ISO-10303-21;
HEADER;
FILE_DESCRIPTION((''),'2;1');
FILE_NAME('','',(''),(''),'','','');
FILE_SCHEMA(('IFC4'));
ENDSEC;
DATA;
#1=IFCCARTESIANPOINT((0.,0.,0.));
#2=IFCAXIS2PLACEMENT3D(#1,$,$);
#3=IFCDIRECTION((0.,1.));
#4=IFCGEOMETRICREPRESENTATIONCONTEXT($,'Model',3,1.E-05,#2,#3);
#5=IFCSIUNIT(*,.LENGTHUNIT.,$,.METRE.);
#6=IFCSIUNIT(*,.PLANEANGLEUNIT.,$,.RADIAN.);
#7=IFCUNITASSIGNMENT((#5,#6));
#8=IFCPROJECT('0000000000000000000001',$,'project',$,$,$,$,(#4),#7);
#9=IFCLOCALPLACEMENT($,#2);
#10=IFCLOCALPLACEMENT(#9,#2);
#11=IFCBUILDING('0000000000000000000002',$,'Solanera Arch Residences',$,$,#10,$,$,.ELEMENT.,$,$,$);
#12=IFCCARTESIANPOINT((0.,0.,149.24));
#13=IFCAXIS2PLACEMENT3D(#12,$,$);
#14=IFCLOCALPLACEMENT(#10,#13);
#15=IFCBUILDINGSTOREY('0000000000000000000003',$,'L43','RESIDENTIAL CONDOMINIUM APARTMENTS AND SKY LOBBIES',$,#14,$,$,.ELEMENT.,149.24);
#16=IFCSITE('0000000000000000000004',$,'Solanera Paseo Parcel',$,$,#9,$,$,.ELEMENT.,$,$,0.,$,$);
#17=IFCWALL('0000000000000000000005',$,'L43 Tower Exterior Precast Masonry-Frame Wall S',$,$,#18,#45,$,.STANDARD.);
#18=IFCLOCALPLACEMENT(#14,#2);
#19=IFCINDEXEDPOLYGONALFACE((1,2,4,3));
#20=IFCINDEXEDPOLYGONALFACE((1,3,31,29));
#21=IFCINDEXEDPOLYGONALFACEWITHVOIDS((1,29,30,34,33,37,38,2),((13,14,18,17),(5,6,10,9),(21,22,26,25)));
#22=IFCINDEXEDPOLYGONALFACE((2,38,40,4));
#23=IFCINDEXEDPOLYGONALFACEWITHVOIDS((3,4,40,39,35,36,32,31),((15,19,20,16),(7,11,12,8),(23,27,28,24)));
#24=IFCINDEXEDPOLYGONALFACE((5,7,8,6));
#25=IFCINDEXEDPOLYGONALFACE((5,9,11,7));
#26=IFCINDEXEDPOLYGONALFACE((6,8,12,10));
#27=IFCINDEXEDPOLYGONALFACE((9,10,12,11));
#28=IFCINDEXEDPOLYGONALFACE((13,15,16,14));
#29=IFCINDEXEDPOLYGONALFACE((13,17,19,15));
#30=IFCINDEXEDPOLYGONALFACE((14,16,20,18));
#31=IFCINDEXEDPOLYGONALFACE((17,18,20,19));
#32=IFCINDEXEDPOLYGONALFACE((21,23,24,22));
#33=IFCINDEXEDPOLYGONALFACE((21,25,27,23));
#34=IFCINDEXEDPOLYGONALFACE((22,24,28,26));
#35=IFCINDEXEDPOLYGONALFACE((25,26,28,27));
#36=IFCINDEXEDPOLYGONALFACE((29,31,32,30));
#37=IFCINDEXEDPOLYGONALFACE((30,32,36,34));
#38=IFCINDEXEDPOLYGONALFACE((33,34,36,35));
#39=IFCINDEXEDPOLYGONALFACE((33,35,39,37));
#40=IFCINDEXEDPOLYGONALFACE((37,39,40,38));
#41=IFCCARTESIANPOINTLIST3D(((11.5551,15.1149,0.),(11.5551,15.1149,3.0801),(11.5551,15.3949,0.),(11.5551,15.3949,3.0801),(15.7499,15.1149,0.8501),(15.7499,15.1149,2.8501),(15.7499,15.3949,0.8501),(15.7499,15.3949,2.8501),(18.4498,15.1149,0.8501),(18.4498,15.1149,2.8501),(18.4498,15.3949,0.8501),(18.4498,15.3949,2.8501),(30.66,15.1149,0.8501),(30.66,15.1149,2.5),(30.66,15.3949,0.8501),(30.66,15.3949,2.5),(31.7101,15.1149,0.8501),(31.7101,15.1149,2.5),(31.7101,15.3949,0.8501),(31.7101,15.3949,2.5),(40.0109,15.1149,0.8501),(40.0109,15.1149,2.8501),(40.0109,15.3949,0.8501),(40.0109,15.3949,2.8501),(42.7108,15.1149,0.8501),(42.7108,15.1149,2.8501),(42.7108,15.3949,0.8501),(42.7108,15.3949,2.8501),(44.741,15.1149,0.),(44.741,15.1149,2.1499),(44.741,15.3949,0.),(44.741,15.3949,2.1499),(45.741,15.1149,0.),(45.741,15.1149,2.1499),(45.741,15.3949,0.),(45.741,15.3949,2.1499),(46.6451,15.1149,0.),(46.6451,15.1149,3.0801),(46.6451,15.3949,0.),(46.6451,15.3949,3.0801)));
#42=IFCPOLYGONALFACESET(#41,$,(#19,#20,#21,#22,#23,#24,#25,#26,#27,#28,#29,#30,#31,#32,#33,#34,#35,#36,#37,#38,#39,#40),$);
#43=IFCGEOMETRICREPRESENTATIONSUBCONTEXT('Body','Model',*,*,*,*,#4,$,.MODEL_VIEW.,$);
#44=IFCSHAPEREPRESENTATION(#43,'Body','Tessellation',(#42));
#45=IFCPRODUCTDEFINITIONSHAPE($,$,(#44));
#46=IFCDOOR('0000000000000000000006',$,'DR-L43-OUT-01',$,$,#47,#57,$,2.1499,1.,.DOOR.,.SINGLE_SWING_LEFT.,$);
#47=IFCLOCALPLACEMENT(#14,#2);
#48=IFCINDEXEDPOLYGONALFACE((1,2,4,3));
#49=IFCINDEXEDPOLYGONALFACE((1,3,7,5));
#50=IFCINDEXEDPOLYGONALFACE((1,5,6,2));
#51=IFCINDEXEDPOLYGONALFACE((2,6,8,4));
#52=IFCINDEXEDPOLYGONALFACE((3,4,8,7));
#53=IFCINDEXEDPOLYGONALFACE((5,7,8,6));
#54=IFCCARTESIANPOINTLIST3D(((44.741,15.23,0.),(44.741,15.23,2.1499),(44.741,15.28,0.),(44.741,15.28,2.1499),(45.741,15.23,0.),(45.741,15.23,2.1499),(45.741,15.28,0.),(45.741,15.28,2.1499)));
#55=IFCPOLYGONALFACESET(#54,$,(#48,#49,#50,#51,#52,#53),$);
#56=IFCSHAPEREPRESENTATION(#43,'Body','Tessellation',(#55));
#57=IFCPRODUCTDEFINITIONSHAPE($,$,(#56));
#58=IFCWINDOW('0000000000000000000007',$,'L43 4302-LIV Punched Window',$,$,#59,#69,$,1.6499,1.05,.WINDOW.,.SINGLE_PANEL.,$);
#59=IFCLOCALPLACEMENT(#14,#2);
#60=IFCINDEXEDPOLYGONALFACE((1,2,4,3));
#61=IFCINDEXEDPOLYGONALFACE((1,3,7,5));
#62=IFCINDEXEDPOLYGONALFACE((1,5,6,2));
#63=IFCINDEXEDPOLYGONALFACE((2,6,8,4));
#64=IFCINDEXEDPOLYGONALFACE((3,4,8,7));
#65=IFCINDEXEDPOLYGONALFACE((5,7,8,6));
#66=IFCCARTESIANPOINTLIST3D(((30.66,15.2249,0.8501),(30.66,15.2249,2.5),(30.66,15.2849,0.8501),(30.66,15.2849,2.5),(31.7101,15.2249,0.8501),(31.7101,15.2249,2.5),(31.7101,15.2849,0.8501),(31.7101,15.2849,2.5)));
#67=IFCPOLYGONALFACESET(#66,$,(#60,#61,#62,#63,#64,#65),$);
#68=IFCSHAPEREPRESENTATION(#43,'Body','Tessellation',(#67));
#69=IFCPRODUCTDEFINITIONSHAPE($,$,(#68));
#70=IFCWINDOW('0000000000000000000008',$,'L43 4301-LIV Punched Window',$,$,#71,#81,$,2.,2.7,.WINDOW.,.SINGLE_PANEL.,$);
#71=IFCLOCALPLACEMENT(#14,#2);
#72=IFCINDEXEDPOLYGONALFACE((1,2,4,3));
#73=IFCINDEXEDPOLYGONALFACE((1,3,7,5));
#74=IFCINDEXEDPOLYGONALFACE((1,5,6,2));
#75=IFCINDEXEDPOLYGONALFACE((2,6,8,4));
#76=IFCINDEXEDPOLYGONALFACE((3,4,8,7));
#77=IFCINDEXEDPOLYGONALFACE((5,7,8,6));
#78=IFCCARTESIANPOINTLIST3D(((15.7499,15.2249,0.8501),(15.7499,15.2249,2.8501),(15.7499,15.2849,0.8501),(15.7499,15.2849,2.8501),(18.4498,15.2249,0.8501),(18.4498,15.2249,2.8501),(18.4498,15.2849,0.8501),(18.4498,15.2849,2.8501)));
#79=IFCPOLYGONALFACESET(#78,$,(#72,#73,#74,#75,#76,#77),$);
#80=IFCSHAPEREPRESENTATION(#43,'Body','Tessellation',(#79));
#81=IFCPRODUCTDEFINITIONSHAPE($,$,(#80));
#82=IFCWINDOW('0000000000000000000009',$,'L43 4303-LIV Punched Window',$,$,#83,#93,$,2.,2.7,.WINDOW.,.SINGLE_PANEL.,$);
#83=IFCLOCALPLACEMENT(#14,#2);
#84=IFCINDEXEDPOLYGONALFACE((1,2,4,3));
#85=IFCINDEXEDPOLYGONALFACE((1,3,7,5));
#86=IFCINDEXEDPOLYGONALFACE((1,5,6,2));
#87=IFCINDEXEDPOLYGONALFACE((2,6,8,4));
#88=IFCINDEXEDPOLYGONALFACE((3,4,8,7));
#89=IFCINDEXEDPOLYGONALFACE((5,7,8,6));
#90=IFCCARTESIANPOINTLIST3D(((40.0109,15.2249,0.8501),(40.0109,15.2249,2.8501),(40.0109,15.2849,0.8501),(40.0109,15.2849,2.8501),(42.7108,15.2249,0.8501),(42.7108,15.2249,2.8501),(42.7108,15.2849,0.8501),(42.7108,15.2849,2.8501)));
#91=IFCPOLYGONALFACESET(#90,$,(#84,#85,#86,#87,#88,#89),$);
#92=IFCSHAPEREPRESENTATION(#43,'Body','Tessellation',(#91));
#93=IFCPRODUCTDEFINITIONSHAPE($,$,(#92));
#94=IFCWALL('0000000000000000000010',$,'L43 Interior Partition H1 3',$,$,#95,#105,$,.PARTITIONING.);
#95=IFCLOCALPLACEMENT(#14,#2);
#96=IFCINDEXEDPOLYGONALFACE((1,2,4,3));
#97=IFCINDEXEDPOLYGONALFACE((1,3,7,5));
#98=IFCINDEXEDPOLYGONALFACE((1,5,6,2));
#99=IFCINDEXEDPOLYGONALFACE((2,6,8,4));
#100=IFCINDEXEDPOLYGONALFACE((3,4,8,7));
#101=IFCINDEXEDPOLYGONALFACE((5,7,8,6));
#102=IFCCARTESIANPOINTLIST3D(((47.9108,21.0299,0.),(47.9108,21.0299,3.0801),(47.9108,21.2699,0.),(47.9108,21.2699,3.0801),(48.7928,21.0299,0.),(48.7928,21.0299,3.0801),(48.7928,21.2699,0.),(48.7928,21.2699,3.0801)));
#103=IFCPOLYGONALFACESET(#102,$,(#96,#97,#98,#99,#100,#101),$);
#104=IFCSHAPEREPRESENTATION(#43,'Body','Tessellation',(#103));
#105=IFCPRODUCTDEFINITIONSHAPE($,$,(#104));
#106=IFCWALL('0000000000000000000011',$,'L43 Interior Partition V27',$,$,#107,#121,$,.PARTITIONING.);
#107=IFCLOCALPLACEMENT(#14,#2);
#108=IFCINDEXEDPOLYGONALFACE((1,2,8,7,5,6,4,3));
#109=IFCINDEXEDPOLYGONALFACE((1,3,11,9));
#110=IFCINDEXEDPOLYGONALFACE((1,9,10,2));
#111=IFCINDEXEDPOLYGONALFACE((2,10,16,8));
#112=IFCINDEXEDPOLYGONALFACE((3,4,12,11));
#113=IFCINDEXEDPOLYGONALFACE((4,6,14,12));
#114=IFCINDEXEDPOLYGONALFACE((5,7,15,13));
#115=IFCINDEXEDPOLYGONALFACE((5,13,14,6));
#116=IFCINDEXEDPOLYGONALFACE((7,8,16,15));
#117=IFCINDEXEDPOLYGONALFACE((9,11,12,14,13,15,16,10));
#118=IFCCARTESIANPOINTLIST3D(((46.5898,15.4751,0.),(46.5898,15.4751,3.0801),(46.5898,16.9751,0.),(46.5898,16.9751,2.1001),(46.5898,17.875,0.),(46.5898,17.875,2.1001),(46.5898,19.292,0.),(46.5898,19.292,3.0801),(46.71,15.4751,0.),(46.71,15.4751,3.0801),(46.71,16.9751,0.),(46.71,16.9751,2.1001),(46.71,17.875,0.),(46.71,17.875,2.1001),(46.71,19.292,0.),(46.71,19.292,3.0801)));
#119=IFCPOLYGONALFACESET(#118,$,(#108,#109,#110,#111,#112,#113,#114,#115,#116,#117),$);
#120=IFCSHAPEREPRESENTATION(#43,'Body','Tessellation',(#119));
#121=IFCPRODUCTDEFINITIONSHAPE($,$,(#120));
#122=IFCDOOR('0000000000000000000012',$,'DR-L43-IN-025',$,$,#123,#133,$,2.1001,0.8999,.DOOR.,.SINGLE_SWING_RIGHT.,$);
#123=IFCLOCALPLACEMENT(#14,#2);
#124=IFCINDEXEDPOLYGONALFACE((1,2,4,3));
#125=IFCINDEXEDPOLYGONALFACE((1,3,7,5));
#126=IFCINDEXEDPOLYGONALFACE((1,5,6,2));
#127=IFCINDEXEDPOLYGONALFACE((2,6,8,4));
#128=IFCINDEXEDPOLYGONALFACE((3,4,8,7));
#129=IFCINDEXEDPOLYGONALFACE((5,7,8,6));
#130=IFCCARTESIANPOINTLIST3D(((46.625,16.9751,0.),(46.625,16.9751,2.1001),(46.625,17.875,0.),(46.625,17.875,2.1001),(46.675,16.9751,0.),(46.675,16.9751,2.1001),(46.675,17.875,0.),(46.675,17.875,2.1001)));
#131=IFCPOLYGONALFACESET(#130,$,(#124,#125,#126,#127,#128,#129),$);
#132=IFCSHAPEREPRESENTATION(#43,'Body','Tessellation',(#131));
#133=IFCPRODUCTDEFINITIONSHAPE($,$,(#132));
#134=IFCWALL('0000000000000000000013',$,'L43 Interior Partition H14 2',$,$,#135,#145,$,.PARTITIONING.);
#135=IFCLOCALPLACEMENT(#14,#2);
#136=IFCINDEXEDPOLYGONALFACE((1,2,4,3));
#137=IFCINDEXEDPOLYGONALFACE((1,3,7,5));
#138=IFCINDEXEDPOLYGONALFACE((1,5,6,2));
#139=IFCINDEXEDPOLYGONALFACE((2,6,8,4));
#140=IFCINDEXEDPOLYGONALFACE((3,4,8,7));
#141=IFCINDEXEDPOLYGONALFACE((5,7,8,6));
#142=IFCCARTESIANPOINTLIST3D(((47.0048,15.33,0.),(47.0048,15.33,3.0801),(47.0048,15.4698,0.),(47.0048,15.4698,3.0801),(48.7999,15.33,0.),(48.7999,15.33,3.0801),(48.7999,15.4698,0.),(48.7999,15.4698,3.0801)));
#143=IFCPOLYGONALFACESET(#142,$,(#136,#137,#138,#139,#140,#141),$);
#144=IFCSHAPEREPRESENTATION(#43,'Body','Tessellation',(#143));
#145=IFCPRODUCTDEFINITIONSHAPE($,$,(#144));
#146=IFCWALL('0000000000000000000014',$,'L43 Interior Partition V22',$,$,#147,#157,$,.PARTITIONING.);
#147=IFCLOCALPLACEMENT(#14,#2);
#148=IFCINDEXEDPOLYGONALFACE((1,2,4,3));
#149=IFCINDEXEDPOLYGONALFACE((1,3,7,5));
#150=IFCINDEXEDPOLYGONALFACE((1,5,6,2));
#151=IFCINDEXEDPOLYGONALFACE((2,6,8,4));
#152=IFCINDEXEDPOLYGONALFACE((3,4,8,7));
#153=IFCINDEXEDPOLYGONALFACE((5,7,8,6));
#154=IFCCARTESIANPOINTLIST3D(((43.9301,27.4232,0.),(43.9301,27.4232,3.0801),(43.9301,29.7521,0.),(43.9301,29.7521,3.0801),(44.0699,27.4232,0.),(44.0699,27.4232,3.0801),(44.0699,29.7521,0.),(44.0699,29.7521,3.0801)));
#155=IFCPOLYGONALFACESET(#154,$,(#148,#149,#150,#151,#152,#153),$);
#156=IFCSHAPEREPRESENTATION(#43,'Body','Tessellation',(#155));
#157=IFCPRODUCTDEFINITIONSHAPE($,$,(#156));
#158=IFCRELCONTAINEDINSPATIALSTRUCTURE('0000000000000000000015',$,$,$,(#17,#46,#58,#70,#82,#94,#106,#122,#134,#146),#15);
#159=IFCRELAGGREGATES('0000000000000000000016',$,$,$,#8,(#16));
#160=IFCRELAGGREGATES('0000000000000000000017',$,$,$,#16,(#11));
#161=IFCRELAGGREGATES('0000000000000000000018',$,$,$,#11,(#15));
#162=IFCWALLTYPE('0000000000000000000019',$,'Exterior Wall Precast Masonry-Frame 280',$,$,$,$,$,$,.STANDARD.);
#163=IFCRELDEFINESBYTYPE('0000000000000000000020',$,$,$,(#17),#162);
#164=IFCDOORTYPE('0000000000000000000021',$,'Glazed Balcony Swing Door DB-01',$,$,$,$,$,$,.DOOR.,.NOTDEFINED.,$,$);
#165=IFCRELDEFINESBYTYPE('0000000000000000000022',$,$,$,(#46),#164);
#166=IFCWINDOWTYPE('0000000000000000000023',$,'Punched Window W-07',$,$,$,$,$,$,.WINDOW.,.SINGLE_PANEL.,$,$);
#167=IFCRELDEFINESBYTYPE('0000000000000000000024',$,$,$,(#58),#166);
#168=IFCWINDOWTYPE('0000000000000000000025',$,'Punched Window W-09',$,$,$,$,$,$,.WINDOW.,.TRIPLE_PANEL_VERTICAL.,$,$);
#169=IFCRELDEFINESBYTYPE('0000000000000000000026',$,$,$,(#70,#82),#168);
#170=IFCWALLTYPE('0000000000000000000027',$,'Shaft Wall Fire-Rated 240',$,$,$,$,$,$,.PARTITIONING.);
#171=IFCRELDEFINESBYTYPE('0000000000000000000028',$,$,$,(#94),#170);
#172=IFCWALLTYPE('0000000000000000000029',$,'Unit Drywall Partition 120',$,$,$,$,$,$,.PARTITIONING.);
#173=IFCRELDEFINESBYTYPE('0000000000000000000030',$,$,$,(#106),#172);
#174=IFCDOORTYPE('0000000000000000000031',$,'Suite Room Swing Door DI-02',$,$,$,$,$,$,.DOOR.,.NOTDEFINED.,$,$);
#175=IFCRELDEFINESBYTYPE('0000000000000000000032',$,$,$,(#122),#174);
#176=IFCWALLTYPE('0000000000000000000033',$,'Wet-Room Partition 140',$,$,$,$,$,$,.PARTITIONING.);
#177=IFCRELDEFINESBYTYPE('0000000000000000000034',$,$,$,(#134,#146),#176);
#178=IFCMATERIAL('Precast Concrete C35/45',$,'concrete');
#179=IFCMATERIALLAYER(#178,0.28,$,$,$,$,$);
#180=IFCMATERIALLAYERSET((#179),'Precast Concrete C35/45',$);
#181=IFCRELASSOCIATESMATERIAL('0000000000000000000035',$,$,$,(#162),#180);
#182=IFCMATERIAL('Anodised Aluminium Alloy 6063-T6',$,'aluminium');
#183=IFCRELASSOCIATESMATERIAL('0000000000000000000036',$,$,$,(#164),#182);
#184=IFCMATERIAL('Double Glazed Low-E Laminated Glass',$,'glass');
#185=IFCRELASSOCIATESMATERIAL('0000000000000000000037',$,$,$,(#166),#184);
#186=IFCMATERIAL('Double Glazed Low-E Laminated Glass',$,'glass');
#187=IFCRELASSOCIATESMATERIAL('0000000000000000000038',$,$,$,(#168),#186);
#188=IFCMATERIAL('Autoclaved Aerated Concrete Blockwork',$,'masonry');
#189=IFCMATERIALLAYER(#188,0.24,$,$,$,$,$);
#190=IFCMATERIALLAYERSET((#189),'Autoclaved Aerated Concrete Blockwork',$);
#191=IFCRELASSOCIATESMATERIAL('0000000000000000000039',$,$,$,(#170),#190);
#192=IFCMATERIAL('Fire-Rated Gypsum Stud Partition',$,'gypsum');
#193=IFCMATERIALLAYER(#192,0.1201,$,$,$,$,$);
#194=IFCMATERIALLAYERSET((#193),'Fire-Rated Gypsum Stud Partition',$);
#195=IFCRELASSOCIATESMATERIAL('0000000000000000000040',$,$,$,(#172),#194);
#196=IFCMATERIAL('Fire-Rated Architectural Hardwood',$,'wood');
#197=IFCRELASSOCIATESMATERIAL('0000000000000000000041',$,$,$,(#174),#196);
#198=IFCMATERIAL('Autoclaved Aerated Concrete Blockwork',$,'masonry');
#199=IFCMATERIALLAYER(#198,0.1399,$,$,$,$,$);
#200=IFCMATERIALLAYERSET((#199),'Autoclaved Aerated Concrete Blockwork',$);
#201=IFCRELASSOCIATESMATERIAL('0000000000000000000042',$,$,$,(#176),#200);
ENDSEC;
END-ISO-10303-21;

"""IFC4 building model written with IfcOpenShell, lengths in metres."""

from ifc_helpers import new_model, si_unit, direction, frame, frame_2d, origin, place, context, subcontext, project, spatial, rectangle, extrude, material, layer, layer_set, type_object, element, fill, save


model = new_model("IFC4")

# Units and contexts
model_context = context("Model", 3, precision=1e-05, world=origin(), true_north=direction((0.0, 1.0)))
body_context = subcontext(model_context, "Body", "Model", "MODEL_VIEW")
ifc_project = project(units=[si_unit("LENGTHUNIT", "METRE"), si_unit("PLANEANGLEUNIT", "RADIAN")], contexts=[model_context])

# Site, building, storey
site_placement = place(None, origin())
site = spatial("IfcSite", under=ifc_project, at=site_placement, Name="Solanera Paseo Parcel", CompositionType="ELEMENT", RefElevation=0.0)
building_placement = place(site_placement, origin())
building = spatial("IfcBuilding", under=site, at=building_placement, Name="Solanera Arch Residences", CompositionType="ELEMENT")
storey_placement = place(building_placement, frame((0.0, 0.0, 149.24)))
storey = spatial("IfcBuildingStorey", under=building, at=storey_placement, Name="L43", Description="RESIDENTIAL CONDOMINIUM APARTMENTS AND SKY LOBBIES", CompositionType="ELEMENT", Elevation=149.24)

# Shared definitions
ifc_material_1 = material(Name="Precast Concrete C35/45", Category="concrete")
ifc_layer_1 = layer(ifc_material_1, 0.28)
ifc_layer_set_1 = layer_set([ifc_layer_1], Name="Precast Concrete C35/45")
wall_type_1 = type_object("IfcWallType", Name="Exterior Wall Precast Masonry-Frame 280", PredefinedType="STANDARD", material=ifc_layer_set_1)

# Wall, openings, door, windows
wall_1_placement = place(storey_placement, frame((46.645, 15.2549, 0.0), z_axis=(0.0, 0.0, 1.0), x_axis=(-1.0, 0.0, 0.0)))
wall_1 = element("IfcWall", 1, at=wall_1_placement, inside=storey, type_object=wall_type_1, Name="L43 Tower Exterior Precast Masonry-Frame Wall S", PredefinedType="STANDARD", context=body_context, shape_type="SweptSolid", body=[
    extrude(rectangle(XDim=35.0901, YDim=0.28, at=frame_2d((17.5449, 0.0))), origin(), (0.0, 0.0, 1.0), 3.0801),
])
opening_1_placement = place(wall_1_placement, frame((0.9041, 0.0, 0.0)))
opening_1 = element("IfcOpeningElement", 2, at=opening_1_placement, cuts=wall_1, PredefinedType="OPENING", context=body_context, shape_type="SweptSolid", body=[
    extrude(rectangle(XDim=1.0, YDim=2.1499, at=frame_2d((0.5, 1.075))), frame((0.0, 0.1499, 0.0), z_axis=(0.0, -1.0, 0.0), x_axis=(1.0, 0.0, 0.0)), (0.0, 0.0, 1.0), 0.3),
])
opening_2_placement = place(wall_1_placement, frame((28.1951, 0.0, 0.8501)))
opening_2 = element("IfcOpeningElement", 3, at=opening_2_placement, cuts=wall_1, PredefinedType="OPENING", context=body_context, shape_type="SweptSolid", body=[
    extrude(rectangle(XDim=2.7, YDim=2.0, at=frame_2d((1.3501, 1.0))), frame((0.0, 0.1499, 0.0), z_axis=(0.0, -1.0, 0.0), x_axis=(1.0, 0.0, 0.0)), (0.0, 0.0, 1.0), 0.3),
])
opening_3_placement = place(wall_1_placement, frame((14.9351, 0.0, 0.8501)))
opening_3 = element("IfcOpeningElement", 4, at=opening_3_placement, cuts=wall_1, PredefinedType="OPENING", context=body_context, shape_type="SweptSolid", body=[
    extrude(rectangle(XDim=1.05, YDim=1.6499, at=frame_2d((0.5249, 0.825))), frame((0.0, 0.1499, 0.0), z_axis=(0.0, -1.0, 0.0), x_axis=(1.0, 0.0, 0.0)), (0.0, 0.0, 1.0), 0.3),
])
opening_4_placement = place(wall_1_placement, frame((3.9341, 0.0, 0.8501)))
opening_4 = element("IfcOpeningElement", 5, at=opening_4_placement, cuts=wall_1, PredefinedType="OPENING", context=body_context, shape_type="SweptSolid", body=[
    extrude(rectangle(XDim=2.7, YDim=2.0, at=frame_2d((1.3501, 1.0))), frame((0.0, 0.1499, 0.0), z_axis=(0.0, -1.0, 0.0), x_axis=(1.0, 0.0, 0.0)), (0.0, 0.0, 1.0), 0.3),
])
ifc_material_2 = material(Name="Anodised Aluminium Alloy 6063-T6", Category="aluminium")
door_type_1 = type_object("IfcDoorType", Name="Glazed Balcony Swing Door DB-01", OperationType="NOTDEFINED", PredefinedType="DOOR", material=ifc_material_2)
door_1_placement = place(opening_1_placement, origin())
door_1 = element("IfcDoor", 6, at=door_1_placement, inside=storey, type_object=door_type_1, Name="DR-L43-OUT-01", OperationType="SINGLE_SWING_LEFT", OverallHeight=2.1499, OverallWidth=1.0, PredefinedType="DOOR", context=body_context, shape_type="SweptSolid", body=[
    extrude(rectangle(XDim=1.0, YDim=2.1499, at=frame_2d((0.5, 1.075))), frame((0.0, 0.0249, 0.0), z_axis=(0.0, -1.0, 0.0), x_axis=(1.0, 0.0, 0.0)), (0.0, 0.0, 1.0), 0.05),
])
fill(opening_1, door_1)
ifc_material_3 = material(Name="Double Glazed Low-E Laminated Glass", Category="glass")
window_type_1 = type_object("IfcWindowType", Name="Punched Window W-07", PartitioningType="SINGLE_PANEL", PredefinedType="WINDOW", material=ifc_material_3)
window_1_placement = place(opening_3_placement, origin())
window_1 = element("IfcWindow", 7, at=window_1_placement, inside=storey, type_object=window_type_1, Name="L43 4302-LIV Punched Window", OverallHeight=1.6499, OverallWidth=1.05, PartitioningType="SINGLE_PANEL", PredefinedType="WINDOW", context=body_context, shape_type="SweptSolid", body=[
    extrude(rectangle(XDim=1.05, YDim=1.6499, at=frame_2d((0.5249, 0.825))), frame((0.0, 0.03, 0.0), z_axis=(0.0, -1.0, 0.0), x_axis=(1.0, 0.0, 0.0)), (0.0, 0.0, 1.0), 0.0601),
])
fill(opening_3, window_1)
ifc_material_4 = material(Name="Double Glazed Low-E Laminated Glass", Category="glass")
window_type_2 = type_object("IfcWindowType", Name="Punched Window W-09", PartitioningType="TRIPLE_PANEL_VERTICAL", PredefinedType="WINDOW", material=ifc_material_4)
window_2_placement = place(opening_2_placement, origin())
window_2 = element("IfcWindow", 8, at=window_2_placement, inside=storey, type_object=window_type_2, Name="L43 4301-LIV Punched Window", OverallHeight=2.0, OverallWidth=2.7, PartitioningType="SINGLE_PANEL", PredefinedType="WINDOW", context=body_context, shape_type="SweptSolid", body=[
    extrude(rectangle(XDim=2.7, YDim=2.0, at=frame_2d((1.3501, 1.0))), frame((0.0, 0.03, 0.0), z_axis=(0.0, -1.0, 0.0), x_axis=(1.0, 0.0, 0.0)), (0.0, 0.0, 1.0), 0.0601),
])
fill(opening_2, window_2)
window_3_placement = place(opening_4_placement, origin())
window_3 = element("IfcWindow", 9, at=window_3_placement, inside=storey, type_object=window_type_2, Name="L43 4303-LIV Punched Window", OverallHeight=2.0, OverallWidth=2.7, PartitioningType="SINGLE_PANEL", PredefinedType="WINDOW", context=body_context, shape_type="SweptSolid", body=[
    extrude(rectangle(XDim=2.7, YDim=2.0, at=frame_2d((1.3501, 1.0))), frame((0.0, 0.03, 0.0), z_axis=(0.0, -1.0, 0.0), x_axis=(1.0, 0.0, 0.0)), (0.0, 0.0, 1.0), 0.0601),
])
fill(opening_4, window_3)

# Wall
ifc_material_5 = material(Name="Autoclaved Aerated Concrete Blockwork", Category="masonry")
ifc_layer_2 = layer(ifc_material_5, 0.24)
ifc_layer_set_2 = layer_set([ifc_layer_2], Name="Autoclaved Aerated Concrete Blockwork")
wall_type_2 = type_object("IfcWallType", Name="Shaft Wall Fire-Rated 240", PredefinedType="PARTITIONING", material=ifc_layer_set_2)
wall_2_placement = place(storey_placement, frame((47.9109, 21.1499, 0.0), z_axis=(0.0, 0.0, 1.0), x_axis=(1.0, 0.0, 0.0)))
element("IfcWall", 10, at=wall_2_placement, inside=storey, type_object=wall_type_2, Name="L43 Interior Partition H1 3", PredefinedType="PARTITIONING", context=body_context, shape_type="SweptSolid", body=[
    extrude(rectangle(XDim=0.8821, YDim=0.24, at=frame_2d((0.4409, 0.0))), origin(), (0.0, 0.0, 1.0), 3.0801),
])

# Wall, opening, door
ifc_material_6 = material(Name="Fire-Rated Gypsum Stud Partition", Category="gypsum")
ifc_layer_3 = layer(ifc_material_6, 0.1201)
ifc_layer_set_3 = layer_set([ifc_layer_3], Name="Fire-Rated Gypsum Stud Partition")
wall_type_3 = type_object("IfcWallType", Name="Unit Drywall Partition 120", PredefinedType="PARTITIONING", material=ifc_layer_set_3)
wall_3_placement = place(storey_placement, frame((46.6499, 15.4751, 0.0), z_axis=(0.0, 0.0, 1.0), x_axis=(0.0, 1.0, 0.0)))
wall_3 = element("IfcWall", 11, at=wall_3_placement, inside=storey, type_object=wall_type_3, Name="L43 Interior Partition V27", PredefinedType="PARTITIONING", context=body_context, shape_type="SweptSolid", body=[
    extrude(rectangle(XDim=3.8169, YDim=0.1201, at=frame_2d((1.9084, 0.0))), origin(), (0.0, 0.0, 1.0), 3.0801),
])
opening_5_placement = place(wall_3_placement, frame((1.5, 0.0, 0.0)))
opening_5 = element("IfcOpeningElement", 12, at=opening_5_placement, cuts=wall_3, PredefinedType="OPENING", context=body_context, shape_type="SweptSolid", body=[
    extrude(rectangle(XDim=0.8999, YDim=2.1001, at=frame_2d((0.45, 1.05))), frame((0.0, 0.0701, 0.0), z_axis=(0.0, -1.0, 0.0), x_axis=(1.0, 0.0, 0.0)), (0.0, 0.0, 1.0), 0.1401),
])
ifc_material_7 = material(Name="Fire-Rated Architectural Hardwood", Category="wood")
door_type_2 = type_object("IfcDoorType", Name="Suite Room Swing Door DI-02", OperationType="NOTDEFINED", PredefinedType="DOOR", material=ifc_material_7)
door_2_placement = place(opening_5_placement, origin())
door_2 = element("IfcDoor", 13, at=door_2_placement, inside=storey, type_object=door_type_2, Name="DR-L43-IN-025", OperationType="SINGLE_SWING_RIGHT", OverallHeight=2.1001, OverallWidth=0.8999, PredefinedType="DOOR", context=body_context, shape_type="SweptSolid", body=[
    extrude(rectangle(XDim=0.8999, YDim=2.1001, at=frame_2d((0.45, 1.05))), frame((0.0, 0.0249, 0.0), z_axis=(0.0, -1.0, 0.0), x_axis=(1.0, 0.0, 0.0)), (0.0, 0.0, 1.0), 0.05),
])
fill(opening_5, door_2)

# Walls
ifc_material_8 = material(Name="Autoclaved Aerated Concrete Blockwork", Category="masonry")
ifc_layer_4 = layer(ifc_material_8, 0.1399)
ifc_layer_set_4 = layer_set([ifc_layer_4], Name="Autoclaved Aerated Concrete Blockwork")
wall_type_4 = type_object("IfcWallType", Name="Wet-Room Partition 140", PredefinedType="PARTITIONING", material=ifc_layer_set_4)
wall_4_placement = place(storey_placement, frame((47.0049, 15.3999, 0.0), z_axis=(0.0, 0.0, 1.0), x_axis=(1.0, 0.0, 0.0)))
element("IfcWall", 14, at=wall_4_placement, inside=storey, type_object=wall_type_4, Name="L43 Interior Partition H14 2", PredefinedType="PARTITIONING", context=body_context, shape_type="SweptSolid", body=[
    extrude(rectangle(XDim=1.7952, YDim=0.1399, at=frame_2d((0.8975, 0.0))), origin(), (0.0, 0.0, 1.0), 3.0801),
])
wall_5_placement = place(storey_placement, frame((44.0, 27.4231, 0.0), z_axis=(0.0, 0.0, 1.0), x_axis=(0.0, 1.0, 0.0)))
element("IfcWall", 15, at=wall_5_placement, inside=storey, type_object=wall_type_4, Name="L43 Interior Partition V22", PredefinedType="PARTITIONING", context=body_context, shape_type="SweptSolid", body=[
    extrude(rectangle(XDim=2.3289, YDim=0.1399, at=frame_2d((1.1646, 0.0))), origin(), (0.0, 0.0, 1.0), 3.0801),
])

save(model, "model.ifc")
